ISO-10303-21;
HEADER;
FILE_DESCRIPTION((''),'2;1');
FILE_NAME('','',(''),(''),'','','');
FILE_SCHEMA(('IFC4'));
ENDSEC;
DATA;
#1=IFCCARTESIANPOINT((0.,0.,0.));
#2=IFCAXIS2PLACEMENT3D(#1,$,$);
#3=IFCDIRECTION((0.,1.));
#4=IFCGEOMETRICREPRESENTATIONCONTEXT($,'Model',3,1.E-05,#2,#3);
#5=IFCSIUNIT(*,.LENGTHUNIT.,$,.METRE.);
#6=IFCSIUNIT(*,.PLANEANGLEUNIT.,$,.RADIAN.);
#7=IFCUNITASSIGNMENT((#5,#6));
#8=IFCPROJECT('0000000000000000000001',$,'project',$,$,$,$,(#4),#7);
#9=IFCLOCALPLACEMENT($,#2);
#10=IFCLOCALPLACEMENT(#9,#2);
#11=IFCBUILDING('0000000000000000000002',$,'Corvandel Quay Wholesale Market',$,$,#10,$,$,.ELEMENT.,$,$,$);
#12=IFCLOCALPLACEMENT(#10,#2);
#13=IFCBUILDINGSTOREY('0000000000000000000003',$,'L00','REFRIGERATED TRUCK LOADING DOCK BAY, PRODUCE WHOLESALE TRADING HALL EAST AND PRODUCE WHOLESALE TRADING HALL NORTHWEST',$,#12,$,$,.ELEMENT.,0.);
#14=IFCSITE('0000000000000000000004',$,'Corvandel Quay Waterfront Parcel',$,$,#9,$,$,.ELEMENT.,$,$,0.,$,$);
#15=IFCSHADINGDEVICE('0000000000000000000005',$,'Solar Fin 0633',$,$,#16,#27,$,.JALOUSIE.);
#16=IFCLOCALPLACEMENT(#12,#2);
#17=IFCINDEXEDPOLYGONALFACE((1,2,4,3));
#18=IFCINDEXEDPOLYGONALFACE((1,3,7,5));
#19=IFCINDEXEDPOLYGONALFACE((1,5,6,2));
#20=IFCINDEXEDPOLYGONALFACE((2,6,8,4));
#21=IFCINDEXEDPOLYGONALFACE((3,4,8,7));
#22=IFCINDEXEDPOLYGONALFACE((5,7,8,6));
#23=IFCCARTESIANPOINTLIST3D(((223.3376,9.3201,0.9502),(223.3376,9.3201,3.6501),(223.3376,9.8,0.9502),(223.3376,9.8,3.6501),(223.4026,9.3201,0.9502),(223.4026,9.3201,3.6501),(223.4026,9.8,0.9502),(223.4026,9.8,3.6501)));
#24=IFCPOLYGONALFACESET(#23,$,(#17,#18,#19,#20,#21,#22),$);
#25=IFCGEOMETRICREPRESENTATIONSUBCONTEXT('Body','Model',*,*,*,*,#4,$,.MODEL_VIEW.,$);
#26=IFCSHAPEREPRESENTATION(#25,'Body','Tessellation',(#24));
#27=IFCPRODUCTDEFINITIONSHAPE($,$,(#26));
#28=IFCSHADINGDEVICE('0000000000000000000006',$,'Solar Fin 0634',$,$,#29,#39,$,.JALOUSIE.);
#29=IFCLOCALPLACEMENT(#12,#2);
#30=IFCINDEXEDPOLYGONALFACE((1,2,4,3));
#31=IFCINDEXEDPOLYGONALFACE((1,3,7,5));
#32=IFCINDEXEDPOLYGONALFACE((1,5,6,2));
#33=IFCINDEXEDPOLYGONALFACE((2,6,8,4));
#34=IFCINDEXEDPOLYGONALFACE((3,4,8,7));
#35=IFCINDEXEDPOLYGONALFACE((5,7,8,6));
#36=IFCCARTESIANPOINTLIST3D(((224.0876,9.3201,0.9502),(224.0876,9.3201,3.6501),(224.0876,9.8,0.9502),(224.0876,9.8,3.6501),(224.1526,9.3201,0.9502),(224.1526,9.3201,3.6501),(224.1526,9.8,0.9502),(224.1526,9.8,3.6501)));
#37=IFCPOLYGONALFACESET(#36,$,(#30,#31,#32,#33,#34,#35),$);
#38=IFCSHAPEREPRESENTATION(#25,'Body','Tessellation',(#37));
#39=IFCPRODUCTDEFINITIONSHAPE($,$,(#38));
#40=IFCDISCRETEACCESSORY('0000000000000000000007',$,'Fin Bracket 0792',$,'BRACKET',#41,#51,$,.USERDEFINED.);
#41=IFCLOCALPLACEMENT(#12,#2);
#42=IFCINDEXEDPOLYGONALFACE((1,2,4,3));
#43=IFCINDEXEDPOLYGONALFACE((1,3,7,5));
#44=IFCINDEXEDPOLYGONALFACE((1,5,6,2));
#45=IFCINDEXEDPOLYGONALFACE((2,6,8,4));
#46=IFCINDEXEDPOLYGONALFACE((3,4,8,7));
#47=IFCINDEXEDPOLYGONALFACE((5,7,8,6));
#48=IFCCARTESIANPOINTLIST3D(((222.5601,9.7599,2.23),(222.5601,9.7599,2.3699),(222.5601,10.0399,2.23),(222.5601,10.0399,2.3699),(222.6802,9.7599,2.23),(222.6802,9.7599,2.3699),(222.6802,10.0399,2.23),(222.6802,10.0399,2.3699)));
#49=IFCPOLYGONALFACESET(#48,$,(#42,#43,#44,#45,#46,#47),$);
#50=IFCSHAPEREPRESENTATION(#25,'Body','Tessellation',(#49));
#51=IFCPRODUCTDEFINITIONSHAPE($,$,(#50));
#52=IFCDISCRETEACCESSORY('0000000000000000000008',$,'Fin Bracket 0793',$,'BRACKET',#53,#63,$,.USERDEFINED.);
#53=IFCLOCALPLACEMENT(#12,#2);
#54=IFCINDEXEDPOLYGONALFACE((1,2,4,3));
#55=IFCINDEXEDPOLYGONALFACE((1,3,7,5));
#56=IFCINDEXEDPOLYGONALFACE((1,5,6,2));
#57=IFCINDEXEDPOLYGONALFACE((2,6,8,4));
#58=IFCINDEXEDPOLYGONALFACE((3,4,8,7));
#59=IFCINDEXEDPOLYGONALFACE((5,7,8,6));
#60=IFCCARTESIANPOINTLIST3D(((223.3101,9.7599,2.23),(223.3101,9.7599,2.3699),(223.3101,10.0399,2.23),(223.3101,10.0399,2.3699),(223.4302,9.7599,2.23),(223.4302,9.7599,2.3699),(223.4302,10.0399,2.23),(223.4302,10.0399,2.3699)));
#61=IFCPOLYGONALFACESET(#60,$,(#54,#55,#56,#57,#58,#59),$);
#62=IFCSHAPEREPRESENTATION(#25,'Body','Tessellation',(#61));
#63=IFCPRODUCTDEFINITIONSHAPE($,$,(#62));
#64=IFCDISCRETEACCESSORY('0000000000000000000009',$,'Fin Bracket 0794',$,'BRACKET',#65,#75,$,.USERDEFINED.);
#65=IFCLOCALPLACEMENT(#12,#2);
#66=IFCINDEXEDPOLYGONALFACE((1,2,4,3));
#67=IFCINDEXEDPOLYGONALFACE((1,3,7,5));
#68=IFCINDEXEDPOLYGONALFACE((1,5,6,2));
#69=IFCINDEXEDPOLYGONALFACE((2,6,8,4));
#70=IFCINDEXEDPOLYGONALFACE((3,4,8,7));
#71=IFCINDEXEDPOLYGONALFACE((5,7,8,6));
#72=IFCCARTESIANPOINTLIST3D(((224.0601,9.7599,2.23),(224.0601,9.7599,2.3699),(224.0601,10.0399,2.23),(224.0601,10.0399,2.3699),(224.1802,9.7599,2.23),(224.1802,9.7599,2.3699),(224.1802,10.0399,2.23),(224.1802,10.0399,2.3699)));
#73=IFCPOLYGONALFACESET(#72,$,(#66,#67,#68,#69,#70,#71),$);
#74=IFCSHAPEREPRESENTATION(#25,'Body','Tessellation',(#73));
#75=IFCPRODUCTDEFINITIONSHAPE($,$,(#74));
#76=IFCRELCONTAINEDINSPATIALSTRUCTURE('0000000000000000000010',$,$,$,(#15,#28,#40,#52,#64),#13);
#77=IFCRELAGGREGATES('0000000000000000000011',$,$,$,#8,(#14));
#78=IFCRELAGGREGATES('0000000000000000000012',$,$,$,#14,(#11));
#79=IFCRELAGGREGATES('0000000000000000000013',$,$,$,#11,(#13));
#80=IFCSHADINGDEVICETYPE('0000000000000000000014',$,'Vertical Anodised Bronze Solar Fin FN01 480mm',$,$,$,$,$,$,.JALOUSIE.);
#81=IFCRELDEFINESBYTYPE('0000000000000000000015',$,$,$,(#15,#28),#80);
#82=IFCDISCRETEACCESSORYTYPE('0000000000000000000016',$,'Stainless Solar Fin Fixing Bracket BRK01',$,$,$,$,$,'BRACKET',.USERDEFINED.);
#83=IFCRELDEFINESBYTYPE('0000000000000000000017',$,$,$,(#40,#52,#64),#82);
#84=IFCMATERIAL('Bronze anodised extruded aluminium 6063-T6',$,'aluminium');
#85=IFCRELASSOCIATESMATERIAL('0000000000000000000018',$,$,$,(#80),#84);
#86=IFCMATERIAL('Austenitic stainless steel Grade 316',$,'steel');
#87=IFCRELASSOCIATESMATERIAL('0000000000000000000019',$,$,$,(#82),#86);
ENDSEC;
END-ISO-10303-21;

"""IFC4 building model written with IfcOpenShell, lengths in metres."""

from ifc_helpers import new_model, si_unit, direction, frame, origin, origin_2d, place, context, subcontext, project, spatial, rectangle, extrude, material, type_object, element, save


model = new_model("IFC4")

# Units and contexts
model_context = context("Model", 3, precision=1e-05, world=origin(), true_north=direction((0.0, 1.0)))
body_context = subcontext(model_context, "Body", "Model", "MODEL_VIEW")
ifc_project = project(units=[si_unit("LENGTHUNIT", "METRE"), si_unit("PLANEANGLEUNIT", "RADIAN")], contexts=[model_context])

# Site, building, storey
site_placement = place(None, origin())
site = spatial("IfcSite", under=ifc_project, at=site_placement, Name="Corvandel Quay Waterfront Parcel", CompositionType="ELEMENT", RefElevation=0.0)
building_placement = place(site_placement, origin())
building = spatial("IfcBuilding", under=site, at=building_placement, Name="Corvandel Quay Wholesale Market", CompositionType="ELEMENT")
storey_placement = place(building_placement, origin())
storey = spatial("IfcBuildingStorey", under=building, at=storey_placement, Name="L00", Description="REFRIGERATED TRUCK LOADING DOCK BAY, PRODUCE WHOLESALE TRADING HALL EAST AND PRODUCE WHOLESALE TRADING HALL NORTHWEST", CompositionType="ELEMENT", Elevation=0.0)

# Shading devices
ifc_material_1 = material(Name="Bronze anodised extruded aluminium 6063-T6", Category="aluminium")
shading_device_type = type_object("IfcShadingDeviceType", Name="Vertical Anodised Bronze Solar Fin FN01 480mm", PredefinedType="JALOUSIE", material=ifc_material_1)
for number, where, z_axis, x_axis, name in (
    (1, (223.3701, 9.5601, 0.9502), (0.0, 0.0, 1.0), (0.0, 1.0, 0.0), "Solar Fin 0633"),
    (2, (224.1201, 9.5601, 0.9502), (0.0, 0.0, 1.0), (0.0, 1.0, 0.0), "Solar Fin 0634"),
):
    element("IfcShadingDevice", number, at=place(storey_placement, frame(where, z_axis=z_axis, x_axis=x_axis)), inside=storey, type_object=shading_device_type, Name=name, PredefinedType="JALOUSIE", context=body_context, shape_type="SweptSolid", body=[
        extrude(rectangle(XDim=0.48, YDim=0.0649, at=origin_2d()), origin(), (0.0, 0.0, 1.0), 2.7),
    ])

# Discrete accessories
ifc_material_2 = material(Name="Austenitic stainless steel Grade 316", Category="steel")
discrete_accessory_type = type_object("IfcDiscreteAccessoryType", Name="Stainless Solar Fin Fixing Bracket BRK01", ElementType="BRACKET", PredefinedType="USERDEFINED", material=ifc_material_2)
for number, where, z_axis, x_axis, name in (
    (3, (222.6201, 9.8999, 2.23), (0.0, 0.0, 1.0), (0.0, 1.0, 0.0), "Fin Bracket 0792"),
    (4, (223.3701, 9.8999, 2.23), (0.0, 0.0, 1.0), (0.0, 1.0, 0.0), "Fin Bracket 0793"),
    (5, (224.1201, 9.8999, 2.23), (0.0, 0.0, 1.0), (0.0, 1.0, 0.0), "Fin Bracket 0794"),
):
    element("IfcDiscreteAccessory", number, at=place(storey_placement, frame(where, z_axis=z_axis, x_axis=x_axis)), inside=storey, type_object=discrete_accessory_type, Name=name, ObjectType="BRACKET", PredefinedType="USERDEFINED", context=body_context, shape_type="SweptSolid", body=[
        extrude(rectangle(XDim=0.28, YDim=0.1201, at=origin_2d()), origin(), (0.0, 0.0, 1.0), 0.1399),
    ])

save(model, "model.ifc")
